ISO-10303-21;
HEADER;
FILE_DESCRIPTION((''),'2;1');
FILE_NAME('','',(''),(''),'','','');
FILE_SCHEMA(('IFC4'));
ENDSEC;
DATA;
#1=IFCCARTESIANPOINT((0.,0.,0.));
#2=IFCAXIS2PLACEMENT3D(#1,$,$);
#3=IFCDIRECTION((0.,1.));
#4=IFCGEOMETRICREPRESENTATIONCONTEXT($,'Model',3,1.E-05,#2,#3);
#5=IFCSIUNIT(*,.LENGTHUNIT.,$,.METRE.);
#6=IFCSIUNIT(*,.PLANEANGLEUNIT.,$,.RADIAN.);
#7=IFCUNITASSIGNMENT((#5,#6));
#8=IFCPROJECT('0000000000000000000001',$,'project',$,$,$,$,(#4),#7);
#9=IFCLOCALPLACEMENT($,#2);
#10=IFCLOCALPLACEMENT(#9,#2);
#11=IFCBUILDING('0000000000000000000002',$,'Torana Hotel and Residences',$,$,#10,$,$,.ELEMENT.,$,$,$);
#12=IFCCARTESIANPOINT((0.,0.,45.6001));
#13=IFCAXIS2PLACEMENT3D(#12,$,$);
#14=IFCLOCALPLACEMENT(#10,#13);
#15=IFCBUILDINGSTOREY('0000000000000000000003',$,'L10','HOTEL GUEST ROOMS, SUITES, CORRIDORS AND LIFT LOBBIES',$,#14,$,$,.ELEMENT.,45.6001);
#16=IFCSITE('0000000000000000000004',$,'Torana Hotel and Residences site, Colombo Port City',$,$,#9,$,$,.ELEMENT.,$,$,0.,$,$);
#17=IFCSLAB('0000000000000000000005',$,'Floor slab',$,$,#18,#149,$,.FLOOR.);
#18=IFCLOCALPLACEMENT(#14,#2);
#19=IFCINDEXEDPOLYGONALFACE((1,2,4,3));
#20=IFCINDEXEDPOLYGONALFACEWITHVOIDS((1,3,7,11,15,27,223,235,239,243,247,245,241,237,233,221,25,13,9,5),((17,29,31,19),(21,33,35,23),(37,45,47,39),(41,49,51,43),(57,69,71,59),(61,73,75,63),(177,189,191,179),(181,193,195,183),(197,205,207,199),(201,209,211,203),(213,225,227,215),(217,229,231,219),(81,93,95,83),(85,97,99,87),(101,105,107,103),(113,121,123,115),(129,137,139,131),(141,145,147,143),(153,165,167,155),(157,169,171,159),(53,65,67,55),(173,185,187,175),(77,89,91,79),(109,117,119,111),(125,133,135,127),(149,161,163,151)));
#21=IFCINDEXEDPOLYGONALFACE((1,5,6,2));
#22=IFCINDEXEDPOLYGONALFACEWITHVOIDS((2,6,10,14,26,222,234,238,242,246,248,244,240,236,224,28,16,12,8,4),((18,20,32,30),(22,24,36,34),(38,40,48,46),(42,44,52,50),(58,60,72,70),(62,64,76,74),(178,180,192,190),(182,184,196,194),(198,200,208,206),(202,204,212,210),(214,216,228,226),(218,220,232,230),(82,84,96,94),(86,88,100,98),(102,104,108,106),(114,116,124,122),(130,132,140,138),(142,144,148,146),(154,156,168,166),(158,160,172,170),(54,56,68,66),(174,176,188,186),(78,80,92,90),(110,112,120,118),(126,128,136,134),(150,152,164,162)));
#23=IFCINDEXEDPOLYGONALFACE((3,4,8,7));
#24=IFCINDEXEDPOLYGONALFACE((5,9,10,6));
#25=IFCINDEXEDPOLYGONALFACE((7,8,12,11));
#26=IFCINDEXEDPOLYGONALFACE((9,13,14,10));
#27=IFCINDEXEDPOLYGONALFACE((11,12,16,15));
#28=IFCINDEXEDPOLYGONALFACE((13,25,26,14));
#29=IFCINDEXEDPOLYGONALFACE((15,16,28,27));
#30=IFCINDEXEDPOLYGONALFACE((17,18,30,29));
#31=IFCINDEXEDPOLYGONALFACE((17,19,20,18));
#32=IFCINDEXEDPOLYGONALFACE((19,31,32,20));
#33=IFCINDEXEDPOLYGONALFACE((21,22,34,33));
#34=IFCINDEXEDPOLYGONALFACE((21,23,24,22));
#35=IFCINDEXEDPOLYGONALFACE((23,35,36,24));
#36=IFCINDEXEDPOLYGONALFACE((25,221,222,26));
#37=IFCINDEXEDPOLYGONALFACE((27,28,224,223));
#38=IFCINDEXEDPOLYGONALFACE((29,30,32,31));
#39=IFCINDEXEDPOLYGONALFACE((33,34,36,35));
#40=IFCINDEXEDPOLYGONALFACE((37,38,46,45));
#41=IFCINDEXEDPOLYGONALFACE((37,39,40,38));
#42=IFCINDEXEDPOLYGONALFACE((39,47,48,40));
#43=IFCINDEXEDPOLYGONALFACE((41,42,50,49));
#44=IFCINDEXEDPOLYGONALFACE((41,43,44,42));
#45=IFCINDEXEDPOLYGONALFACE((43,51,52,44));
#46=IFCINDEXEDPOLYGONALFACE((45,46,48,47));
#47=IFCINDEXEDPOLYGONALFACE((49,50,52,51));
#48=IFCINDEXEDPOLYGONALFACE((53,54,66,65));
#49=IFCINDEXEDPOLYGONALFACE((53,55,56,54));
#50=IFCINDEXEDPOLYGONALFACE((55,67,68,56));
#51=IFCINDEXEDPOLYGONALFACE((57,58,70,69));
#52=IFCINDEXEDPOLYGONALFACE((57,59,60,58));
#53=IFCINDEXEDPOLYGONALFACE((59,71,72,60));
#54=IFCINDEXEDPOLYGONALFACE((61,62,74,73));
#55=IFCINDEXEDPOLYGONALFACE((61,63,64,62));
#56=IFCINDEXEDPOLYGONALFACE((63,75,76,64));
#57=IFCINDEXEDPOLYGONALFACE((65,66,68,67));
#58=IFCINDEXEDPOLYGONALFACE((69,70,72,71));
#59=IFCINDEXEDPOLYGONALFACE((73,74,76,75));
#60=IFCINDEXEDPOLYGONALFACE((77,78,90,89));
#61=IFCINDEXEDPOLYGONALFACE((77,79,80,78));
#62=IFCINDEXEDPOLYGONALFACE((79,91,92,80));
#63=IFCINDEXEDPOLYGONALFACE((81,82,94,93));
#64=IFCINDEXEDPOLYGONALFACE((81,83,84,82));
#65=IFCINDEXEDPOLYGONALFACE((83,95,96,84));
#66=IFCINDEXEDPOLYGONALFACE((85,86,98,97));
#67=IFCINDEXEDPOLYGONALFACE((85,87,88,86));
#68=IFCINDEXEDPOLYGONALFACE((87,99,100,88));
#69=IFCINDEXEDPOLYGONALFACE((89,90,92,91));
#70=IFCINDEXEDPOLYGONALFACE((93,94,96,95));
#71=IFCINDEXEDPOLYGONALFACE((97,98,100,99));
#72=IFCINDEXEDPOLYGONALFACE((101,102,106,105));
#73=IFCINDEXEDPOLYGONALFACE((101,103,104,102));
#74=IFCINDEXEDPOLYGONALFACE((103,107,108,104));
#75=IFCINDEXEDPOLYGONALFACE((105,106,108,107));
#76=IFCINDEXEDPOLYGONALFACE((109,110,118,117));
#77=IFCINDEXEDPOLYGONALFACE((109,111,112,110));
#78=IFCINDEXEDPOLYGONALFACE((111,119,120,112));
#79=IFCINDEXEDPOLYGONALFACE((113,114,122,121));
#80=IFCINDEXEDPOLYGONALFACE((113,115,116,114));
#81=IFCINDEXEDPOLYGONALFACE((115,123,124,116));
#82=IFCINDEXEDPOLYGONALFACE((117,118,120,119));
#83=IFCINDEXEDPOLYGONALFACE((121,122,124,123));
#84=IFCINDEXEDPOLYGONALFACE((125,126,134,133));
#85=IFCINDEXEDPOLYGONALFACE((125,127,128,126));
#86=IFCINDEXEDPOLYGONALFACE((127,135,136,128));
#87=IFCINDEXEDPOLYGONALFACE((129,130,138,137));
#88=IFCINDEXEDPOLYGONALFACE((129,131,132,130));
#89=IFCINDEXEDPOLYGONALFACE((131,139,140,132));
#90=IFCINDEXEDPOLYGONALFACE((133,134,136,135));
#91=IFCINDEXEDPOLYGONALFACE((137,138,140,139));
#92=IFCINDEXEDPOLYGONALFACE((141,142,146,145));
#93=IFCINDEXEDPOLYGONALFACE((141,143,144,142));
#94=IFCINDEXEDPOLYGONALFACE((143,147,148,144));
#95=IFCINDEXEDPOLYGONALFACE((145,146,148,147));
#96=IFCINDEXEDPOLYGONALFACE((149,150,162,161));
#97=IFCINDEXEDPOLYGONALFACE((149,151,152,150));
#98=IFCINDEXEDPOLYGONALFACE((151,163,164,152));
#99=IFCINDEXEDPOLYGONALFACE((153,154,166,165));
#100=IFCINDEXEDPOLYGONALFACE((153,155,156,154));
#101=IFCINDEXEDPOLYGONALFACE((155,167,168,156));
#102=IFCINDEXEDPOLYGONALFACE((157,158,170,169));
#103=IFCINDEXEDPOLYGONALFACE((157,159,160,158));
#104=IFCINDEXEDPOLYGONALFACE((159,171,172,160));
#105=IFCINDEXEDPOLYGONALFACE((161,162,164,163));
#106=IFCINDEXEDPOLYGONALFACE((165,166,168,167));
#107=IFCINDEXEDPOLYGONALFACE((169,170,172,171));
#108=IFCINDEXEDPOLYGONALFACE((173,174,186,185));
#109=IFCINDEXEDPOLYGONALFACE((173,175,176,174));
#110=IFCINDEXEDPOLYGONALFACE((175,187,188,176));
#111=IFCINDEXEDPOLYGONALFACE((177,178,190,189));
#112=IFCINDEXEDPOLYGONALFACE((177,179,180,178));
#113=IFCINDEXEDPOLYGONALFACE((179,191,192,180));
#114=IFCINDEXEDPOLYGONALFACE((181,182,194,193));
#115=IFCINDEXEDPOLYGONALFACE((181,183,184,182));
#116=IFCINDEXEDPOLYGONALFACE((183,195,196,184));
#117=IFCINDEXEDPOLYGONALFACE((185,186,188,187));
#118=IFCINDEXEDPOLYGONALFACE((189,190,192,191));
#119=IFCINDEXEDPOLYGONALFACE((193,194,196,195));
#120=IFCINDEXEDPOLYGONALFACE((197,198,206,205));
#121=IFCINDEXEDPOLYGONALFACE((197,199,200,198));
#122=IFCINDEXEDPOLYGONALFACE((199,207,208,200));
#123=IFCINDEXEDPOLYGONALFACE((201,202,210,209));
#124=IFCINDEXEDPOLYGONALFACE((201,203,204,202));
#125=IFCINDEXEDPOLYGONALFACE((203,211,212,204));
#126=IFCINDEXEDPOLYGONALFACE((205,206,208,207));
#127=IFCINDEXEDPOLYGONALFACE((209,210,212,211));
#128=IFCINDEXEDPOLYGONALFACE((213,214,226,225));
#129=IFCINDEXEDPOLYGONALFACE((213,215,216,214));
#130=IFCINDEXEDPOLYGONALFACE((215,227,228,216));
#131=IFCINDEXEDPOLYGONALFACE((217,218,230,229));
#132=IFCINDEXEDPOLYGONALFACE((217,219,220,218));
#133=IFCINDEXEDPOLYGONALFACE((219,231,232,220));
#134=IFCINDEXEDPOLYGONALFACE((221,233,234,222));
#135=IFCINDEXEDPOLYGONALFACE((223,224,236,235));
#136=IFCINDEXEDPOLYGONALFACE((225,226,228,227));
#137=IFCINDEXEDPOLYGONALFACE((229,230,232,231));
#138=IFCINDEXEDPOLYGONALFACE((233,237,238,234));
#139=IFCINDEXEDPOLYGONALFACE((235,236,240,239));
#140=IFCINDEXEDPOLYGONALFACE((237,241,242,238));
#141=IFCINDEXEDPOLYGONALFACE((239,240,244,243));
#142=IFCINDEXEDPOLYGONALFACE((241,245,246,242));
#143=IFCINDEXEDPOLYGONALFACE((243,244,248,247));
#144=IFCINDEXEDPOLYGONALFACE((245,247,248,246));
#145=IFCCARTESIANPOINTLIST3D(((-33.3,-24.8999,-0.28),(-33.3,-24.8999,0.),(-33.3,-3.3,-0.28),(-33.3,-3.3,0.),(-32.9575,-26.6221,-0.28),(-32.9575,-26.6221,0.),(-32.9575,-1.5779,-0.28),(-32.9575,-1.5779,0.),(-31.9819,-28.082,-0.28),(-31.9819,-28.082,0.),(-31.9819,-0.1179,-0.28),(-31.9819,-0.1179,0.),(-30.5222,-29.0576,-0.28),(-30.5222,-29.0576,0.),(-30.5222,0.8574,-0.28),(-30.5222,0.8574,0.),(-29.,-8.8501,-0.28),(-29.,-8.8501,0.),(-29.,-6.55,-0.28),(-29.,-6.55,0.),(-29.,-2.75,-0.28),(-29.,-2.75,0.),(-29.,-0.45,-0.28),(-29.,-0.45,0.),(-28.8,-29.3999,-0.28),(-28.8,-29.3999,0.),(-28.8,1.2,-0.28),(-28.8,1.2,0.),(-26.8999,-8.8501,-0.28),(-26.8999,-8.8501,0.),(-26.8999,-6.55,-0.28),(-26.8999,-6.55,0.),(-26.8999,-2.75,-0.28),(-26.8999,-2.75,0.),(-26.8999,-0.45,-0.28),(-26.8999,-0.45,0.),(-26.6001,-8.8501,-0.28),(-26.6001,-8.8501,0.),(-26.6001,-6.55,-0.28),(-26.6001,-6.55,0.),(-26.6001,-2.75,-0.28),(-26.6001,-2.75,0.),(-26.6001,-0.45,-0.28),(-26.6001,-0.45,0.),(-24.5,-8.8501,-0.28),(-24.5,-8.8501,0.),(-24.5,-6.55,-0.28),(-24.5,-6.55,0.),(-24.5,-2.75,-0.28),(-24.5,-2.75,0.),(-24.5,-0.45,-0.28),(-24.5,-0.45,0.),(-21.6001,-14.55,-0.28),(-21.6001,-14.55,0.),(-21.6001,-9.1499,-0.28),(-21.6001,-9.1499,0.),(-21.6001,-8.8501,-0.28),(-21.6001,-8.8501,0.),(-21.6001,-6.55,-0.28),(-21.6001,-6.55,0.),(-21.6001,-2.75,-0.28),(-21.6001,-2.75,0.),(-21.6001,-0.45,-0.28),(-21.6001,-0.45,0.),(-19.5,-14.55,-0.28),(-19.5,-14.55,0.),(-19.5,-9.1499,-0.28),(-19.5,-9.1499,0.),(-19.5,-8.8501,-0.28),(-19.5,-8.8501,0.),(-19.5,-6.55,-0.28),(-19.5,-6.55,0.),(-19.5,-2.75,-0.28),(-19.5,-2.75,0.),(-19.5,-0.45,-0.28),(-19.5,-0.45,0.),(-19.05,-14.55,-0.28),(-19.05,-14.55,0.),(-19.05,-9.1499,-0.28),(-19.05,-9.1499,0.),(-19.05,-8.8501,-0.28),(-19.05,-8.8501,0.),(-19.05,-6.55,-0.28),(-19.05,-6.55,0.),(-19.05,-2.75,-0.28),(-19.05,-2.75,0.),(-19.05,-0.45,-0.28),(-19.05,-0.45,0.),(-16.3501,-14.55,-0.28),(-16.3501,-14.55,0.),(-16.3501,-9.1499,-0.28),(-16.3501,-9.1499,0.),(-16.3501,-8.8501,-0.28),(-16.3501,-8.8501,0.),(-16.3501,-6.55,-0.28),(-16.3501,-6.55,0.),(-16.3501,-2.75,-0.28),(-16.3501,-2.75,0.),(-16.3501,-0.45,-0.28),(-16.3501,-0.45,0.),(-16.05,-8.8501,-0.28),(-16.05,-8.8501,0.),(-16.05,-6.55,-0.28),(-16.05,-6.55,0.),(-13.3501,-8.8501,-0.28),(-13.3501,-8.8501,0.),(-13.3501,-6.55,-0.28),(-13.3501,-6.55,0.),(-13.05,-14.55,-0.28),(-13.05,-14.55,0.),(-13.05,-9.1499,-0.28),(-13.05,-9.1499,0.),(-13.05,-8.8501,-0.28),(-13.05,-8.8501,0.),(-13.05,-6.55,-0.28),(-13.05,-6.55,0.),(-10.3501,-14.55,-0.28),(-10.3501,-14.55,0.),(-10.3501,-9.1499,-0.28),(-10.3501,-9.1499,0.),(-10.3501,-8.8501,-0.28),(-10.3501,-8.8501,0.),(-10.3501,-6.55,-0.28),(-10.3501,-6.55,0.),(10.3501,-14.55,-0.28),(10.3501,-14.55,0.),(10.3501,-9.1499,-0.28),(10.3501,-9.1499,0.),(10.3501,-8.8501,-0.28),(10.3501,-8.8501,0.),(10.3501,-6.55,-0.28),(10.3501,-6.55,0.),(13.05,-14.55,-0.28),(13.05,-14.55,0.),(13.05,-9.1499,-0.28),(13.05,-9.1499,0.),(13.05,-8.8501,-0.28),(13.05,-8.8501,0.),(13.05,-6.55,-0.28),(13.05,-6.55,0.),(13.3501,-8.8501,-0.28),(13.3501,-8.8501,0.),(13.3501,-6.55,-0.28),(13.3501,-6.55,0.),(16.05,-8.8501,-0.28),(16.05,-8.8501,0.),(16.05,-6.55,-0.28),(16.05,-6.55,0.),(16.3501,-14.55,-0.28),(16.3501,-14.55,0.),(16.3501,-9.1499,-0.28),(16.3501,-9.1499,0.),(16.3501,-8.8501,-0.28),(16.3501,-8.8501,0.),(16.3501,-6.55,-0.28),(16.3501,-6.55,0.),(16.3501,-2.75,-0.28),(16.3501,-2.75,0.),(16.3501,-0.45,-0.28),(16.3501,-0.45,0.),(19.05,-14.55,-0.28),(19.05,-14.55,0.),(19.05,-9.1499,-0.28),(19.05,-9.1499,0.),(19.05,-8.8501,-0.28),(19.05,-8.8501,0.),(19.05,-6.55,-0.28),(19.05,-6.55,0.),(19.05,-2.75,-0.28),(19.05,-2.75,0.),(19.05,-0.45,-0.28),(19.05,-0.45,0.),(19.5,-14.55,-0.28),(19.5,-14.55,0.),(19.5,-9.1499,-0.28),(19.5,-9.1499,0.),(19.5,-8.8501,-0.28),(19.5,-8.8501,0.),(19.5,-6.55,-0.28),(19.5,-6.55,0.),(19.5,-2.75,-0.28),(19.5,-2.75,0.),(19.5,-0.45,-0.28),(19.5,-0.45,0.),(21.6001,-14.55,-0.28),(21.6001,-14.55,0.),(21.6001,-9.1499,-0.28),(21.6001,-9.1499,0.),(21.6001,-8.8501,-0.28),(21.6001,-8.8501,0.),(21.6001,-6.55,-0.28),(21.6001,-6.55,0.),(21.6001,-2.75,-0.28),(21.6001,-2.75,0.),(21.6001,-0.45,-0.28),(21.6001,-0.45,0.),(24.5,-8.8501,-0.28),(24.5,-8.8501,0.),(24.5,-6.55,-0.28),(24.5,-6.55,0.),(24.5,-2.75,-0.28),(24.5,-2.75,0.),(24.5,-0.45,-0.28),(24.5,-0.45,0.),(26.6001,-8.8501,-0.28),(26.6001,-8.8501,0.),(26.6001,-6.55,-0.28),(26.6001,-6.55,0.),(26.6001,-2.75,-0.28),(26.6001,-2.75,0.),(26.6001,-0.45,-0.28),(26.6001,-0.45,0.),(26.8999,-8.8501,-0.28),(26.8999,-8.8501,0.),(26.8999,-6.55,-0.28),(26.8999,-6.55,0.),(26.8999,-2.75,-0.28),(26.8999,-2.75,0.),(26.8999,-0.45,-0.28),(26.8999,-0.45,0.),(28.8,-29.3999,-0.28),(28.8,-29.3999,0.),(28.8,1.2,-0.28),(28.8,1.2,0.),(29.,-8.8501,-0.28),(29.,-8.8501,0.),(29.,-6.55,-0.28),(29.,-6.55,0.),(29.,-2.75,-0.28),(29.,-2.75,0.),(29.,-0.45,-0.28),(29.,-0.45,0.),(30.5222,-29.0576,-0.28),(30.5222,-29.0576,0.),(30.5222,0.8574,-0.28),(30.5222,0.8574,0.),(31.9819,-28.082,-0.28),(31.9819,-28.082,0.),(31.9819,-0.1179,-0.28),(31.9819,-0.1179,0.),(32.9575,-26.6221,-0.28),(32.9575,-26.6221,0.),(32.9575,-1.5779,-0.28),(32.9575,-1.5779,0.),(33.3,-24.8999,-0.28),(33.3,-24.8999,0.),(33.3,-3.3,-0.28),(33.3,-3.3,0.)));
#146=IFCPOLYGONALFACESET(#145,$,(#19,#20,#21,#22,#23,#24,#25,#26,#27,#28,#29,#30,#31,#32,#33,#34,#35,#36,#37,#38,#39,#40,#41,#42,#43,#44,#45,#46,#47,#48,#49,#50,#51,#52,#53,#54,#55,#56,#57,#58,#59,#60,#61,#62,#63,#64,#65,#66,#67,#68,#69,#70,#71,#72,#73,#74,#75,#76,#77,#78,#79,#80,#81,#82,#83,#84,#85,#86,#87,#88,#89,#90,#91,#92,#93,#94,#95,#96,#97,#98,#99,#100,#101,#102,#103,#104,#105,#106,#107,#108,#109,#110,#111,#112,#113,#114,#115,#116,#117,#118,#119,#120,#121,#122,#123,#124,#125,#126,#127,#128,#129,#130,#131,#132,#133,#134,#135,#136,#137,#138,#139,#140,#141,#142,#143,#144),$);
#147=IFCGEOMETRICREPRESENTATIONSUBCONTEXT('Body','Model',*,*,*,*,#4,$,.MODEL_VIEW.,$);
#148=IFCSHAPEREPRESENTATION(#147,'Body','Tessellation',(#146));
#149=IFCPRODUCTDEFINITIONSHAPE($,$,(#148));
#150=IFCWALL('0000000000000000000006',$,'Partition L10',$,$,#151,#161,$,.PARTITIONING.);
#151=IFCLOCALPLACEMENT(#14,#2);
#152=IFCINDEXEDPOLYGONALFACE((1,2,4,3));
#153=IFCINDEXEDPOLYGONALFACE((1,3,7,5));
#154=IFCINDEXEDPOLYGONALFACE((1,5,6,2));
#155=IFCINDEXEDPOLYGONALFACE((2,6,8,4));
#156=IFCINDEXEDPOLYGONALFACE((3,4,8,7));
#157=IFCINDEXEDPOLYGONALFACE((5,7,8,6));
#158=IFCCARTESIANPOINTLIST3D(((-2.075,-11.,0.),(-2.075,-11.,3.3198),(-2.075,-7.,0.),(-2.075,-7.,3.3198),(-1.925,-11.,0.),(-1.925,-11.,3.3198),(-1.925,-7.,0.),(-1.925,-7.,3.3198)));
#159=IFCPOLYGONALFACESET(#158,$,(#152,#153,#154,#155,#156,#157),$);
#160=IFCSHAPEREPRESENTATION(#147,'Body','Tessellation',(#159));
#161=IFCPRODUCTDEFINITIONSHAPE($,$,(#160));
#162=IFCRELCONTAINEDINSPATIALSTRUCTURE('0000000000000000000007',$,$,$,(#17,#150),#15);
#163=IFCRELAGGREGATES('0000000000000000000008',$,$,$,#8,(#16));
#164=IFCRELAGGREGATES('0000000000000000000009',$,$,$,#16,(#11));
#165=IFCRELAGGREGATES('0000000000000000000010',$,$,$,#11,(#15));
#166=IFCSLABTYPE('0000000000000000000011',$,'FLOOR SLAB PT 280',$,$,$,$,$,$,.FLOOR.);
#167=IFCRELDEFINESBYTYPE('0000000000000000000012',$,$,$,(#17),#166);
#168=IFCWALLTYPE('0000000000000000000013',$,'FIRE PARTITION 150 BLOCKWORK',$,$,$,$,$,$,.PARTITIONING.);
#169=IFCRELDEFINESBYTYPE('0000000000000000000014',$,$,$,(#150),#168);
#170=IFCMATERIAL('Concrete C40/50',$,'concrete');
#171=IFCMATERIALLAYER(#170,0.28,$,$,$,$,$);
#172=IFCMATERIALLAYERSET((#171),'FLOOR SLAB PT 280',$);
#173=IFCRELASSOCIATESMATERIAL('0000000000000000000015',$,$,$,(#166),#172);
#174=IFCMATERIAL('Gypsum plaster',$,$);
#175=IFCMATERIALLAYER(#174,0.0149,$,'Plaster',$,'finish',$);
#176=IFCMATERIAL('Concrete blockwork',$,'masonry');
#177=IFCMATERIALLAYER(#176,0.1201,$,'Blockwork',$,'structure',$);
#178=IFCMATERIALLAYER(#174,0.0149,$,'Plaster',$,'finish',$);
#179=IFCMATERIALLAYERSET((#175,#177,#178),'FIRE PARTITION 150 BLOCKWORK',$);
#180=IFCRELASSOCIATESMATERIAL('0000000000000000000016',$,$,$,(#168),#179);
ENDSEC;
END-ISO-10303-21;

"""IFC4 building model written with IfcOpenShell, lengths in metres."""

from ifc_helpers import new_model, si_unit, direction, frame, frame_2d, origin, place, context, subcontext, project, spatial, polyline, rectangle, outline, extrude, material, layer, layer_set, type_object, element, save


model = new_model("IFC4")

# Units and contexts
model_context = context("Model", 3, precision=1e-05, world=origin(), true_north=direction((0.0, 1.0)))
body_context = subcontext(model_context, "Body", "Model", "MODEL_VIEW")
ifc_project = project(units=[si_unit("LENGTHUNIT", "METRE"), si_unit("PLANEANGLEUNIT", "RADIAN")], contexts=[model_context])

# Site, building, storey
site_placement = place(None, origin())
site = spatial("IfcSite", under=ifc_project, at=site_placement, Name="Torana Hotel and Residences site, Colombo Port City", CompositionType="ELEMENT", RefElevation=0.0)
building_placement = place(site_placement, origin())
building = spatial("IfcBuilding", under=site, at=building_placement, Name="Torana Hotel and Residences", CompositionType="ELEMENT")
storey_placement = place(building_placement, frame((0.0, 0.0, 45.6001)))
storey = spatial("IfcBuildingStorey", under=building, at=storey_placement, Name="L10", Description="HOTEL GUEST ROOMS, SUITES, CORRIDORS AND LIFT LOBBIES", CompositionType="ELEMENT", Elevation=45.6001)

# Slab
ifc_material_1 = material(Name="Concrete C40/50", Category="concrete")
ifc_layer_1 = layer(ifc_material_1, 0.28)
ifc_layer_set_1 = layer_set([ifc_layer_1], Name="FLOOR SLAB PT 280")
slab_type_1 = type_object("IfcSlabType", Name="FLOOR SLAB PT 280", PredefinedType="FLOOR", material=ifc_layer_set_1)
slab_1_placement = place(storey_placement, frame((0.0, 0.0, -0.28)))
element("IfcSlab", 1, at=slab_1_placement, inside=storey, type_object=slab_type_1, Name="Floor slab", PredefinedType="FLOOR", context=body_context, shape_type="SweptSolid", body=[
    extrude(outline(polyline([(33.3, -3.3), (32.9575, -1.5779), (31.9819, -0.1179), (30.5222, 0.8574), (28.8, 1.2), (-28.8, 1.2), (-30.5222, 0.8574), (-31.9819, -0.1179), (-32.9575, -1.5779), (-33.3, -3.3), (-33.3, -24.8999), (-32.9575, -26.6221), (-31.9819, -28.082), (-30.5222, -29.0576), (-28.8, -29.3999), (28.8, -29.3999), (30.5222, -29.0576), (31.9819, -28.082), (32.9575, -26.6221), (33.3, -24.8999), (33.3, -3.3)]), holes=[polyline([(-13.05, -14.55), (-10.3501, -14.55), (-10.3501, -9.1499), (-13.05, -9.1499), (-13.05, -14.55)]), polyline([(-19.05, -14.55), (-16.3501, -14.55), (-16.3501, -9.1499), (-19.05, -9.1499), (-19.05, -14.55)]), polyline([(-19.05, -2.75), (-16.3501, -2.75), (-16.3501, -0.45), (-19.05, -0.45), (-19.05, -2.75)]), polyline([(-26.6001, -2.75), (-24.5, -2.75), (-24.5, -0.45), (-26.6001, -0.45), (-26.6001, -2.75)]), polyline([(-29.0, -2.75), (-26.8999, -2.75), (-26.8999, -0.45), (-29.0, -0.45), (-29.0, -2.75)]), polyline([(-26.6001, -8.8501), (-24.5, -8.8501), (-24.5, -6.55), (-26.6001, -6.55), (-26.6001, -8.8501)]), polyline([(-29.0, -8.8501), (-26.8999, -8.8501), (-26.8999, -6.55), (-29.0, -6.55), (-29.0, -8.8501)]), polyline([(-21.6001, -2.75), (-19.5, -2.75), (-19.5, -0.45), (-21.6001, -0.45), (-21.6001, -2.75)]), polyline([(-21.6001, -8.8501), (-19.5, -8.8501), (-19.5, -6.55), (-21.6001, -6.55), (-21.6001, -8.8501)]), polyline([(-13.05, -8.8501), (-10.3501, -8.8501), (-10.3501, -6.55), (-13.05, -6.55), (-13.05, -8.8501)]), polyline([(-16.05, -8.8501), (-13.3501, -8.8501), (-13.3501, -6.55), (-16.05, -6.55), (-16.05, -8.8501)]), polyline([(-19.05, -8.8501), (-16.3501, -8.8501), (-16.3501, -6.55), (-19.05, -6.55), (-19.05, -8.8501)]), polyline([(-21.6001, -14.55), (-19.5, -14.55), (-19.5, -9.1499), (-21.6001, -9.1499), (-21.6001, -14.55)]), polyline([(10.3501, -14.55), (13.05, -14.55), (13.05, -9.1499), (10.3501, -9.1499), (10.3501, -14.55)]), polyline([(16.3501, -14.55), (19.05, -14.55), (19.05, -9.1499), (16.3501, -9.1499), (16.3501, -14.55)]), polyline([(16.3501, -2.75), (19.05, -2.75), (19.05, -0.45), (16.3501, -0.45), (16.3501, -2.75)]), polyline([(24.5, -2.75), (26.6001, -2.75), (26.6001, -0.45), (24.5, -0.45), (24.5, -2.75)]), polyline([(26.8999, -2.75), (29.0, -2.75), (29.0, -0.45), (26.8999, -0.45), (26.8999, -2.75)]), polyline([(24.5, -8.8501), (26.6001, -8.8501), (26.6001, -6.55), (24.5, -6.55), (24.5, -8.8501)]), polyline([(26.8999, -8.8501), (29.0, -8.8501), (29.0, -6.55), (26.8999, -6.55), (26.8999, -8.8501)]), polyline([(19.5, -2.75), (21.6001, -2.75), (21.6001, -0.45), (19.5, -0.45), (19.5, -2.75)]), polyline([(19.5, -8.8501), (21.6001, -8.8501), (21.6001, -6.55), (19.5, -6.55), (19.5, -8.8501)]), polyline([(10.3501, -8.8501), (13.05, -8.8501), (13.05, -6.55), (10.3501, -6.55), (10.3501, -8.8501)]), polyline([(13.3501, -8.8501), (16.05, -8.8501), (16.05, -6.55), (13.3501, -6.55), (13.3501, -8.8501)]), polyline([(16.3501, -8.8501), (19.05, -8.8501), (19.05, -6.55), (16.3501, -6.55), (16.3501, -8.8501)]), polyline([(19.5, -14.55), (21.6001, -14.55), (21.6001, -9.1499), (19.5, -9.1499), (19.5, -14.55)])]), origin(), (0.0, 0.0, 1.0), 0.28),
])

# Wall
ifc_material_2 = material(Name="Gypsum plaster")
ifc_layer_2 = layer(ifc_material_2, 0.0149, Name="Plaster", Category="finish")
ifc_material_3 = material(Name="Concrete blockwork", Category="masonry")
ifc_layer_3 = layer(ifc_material_3, 0.1201, Name="Blockwork", Category="structure")
ifc_layer_4 = layer(ifc_material_2, 0.0149, Name="Plaster", Category="finish")
ifc_layer_set_2 = layer_set([ifc_layer_2, ifc_layer_3, ifc_layer_4], Name="FIRE PARTITION 150 BLOCKWORK")
wall_type_1 = type_object("IfcWallType", Name="FIRE PARTITION 150 BLOCKWORK", PredefinedType="PARTITIONING", material=ifc_layer_set_2)
wall_1_placement = place(storey_placement, frame((-2.0, -11.0, 0.0), z_axis=(0.0, 0.0, 1.0), x_axis=(0.0, 1.0, 0.0)))
element("IfcWall", 2, at=wall_1_placement, inside=storey, type_object=wall_type_1, Name="Partition L10", PredefinedType="PARTITIONING", context=body_context, shape_type="SweptSolid", body=[
    extrude(rectangle(XDim=4.0, YDim=0.1499, at=frame_2d((2.0, 0.0))), origin(), (0.0, 0.0, 1.0), 3.3198),
])

save(model, "model.ifc")
